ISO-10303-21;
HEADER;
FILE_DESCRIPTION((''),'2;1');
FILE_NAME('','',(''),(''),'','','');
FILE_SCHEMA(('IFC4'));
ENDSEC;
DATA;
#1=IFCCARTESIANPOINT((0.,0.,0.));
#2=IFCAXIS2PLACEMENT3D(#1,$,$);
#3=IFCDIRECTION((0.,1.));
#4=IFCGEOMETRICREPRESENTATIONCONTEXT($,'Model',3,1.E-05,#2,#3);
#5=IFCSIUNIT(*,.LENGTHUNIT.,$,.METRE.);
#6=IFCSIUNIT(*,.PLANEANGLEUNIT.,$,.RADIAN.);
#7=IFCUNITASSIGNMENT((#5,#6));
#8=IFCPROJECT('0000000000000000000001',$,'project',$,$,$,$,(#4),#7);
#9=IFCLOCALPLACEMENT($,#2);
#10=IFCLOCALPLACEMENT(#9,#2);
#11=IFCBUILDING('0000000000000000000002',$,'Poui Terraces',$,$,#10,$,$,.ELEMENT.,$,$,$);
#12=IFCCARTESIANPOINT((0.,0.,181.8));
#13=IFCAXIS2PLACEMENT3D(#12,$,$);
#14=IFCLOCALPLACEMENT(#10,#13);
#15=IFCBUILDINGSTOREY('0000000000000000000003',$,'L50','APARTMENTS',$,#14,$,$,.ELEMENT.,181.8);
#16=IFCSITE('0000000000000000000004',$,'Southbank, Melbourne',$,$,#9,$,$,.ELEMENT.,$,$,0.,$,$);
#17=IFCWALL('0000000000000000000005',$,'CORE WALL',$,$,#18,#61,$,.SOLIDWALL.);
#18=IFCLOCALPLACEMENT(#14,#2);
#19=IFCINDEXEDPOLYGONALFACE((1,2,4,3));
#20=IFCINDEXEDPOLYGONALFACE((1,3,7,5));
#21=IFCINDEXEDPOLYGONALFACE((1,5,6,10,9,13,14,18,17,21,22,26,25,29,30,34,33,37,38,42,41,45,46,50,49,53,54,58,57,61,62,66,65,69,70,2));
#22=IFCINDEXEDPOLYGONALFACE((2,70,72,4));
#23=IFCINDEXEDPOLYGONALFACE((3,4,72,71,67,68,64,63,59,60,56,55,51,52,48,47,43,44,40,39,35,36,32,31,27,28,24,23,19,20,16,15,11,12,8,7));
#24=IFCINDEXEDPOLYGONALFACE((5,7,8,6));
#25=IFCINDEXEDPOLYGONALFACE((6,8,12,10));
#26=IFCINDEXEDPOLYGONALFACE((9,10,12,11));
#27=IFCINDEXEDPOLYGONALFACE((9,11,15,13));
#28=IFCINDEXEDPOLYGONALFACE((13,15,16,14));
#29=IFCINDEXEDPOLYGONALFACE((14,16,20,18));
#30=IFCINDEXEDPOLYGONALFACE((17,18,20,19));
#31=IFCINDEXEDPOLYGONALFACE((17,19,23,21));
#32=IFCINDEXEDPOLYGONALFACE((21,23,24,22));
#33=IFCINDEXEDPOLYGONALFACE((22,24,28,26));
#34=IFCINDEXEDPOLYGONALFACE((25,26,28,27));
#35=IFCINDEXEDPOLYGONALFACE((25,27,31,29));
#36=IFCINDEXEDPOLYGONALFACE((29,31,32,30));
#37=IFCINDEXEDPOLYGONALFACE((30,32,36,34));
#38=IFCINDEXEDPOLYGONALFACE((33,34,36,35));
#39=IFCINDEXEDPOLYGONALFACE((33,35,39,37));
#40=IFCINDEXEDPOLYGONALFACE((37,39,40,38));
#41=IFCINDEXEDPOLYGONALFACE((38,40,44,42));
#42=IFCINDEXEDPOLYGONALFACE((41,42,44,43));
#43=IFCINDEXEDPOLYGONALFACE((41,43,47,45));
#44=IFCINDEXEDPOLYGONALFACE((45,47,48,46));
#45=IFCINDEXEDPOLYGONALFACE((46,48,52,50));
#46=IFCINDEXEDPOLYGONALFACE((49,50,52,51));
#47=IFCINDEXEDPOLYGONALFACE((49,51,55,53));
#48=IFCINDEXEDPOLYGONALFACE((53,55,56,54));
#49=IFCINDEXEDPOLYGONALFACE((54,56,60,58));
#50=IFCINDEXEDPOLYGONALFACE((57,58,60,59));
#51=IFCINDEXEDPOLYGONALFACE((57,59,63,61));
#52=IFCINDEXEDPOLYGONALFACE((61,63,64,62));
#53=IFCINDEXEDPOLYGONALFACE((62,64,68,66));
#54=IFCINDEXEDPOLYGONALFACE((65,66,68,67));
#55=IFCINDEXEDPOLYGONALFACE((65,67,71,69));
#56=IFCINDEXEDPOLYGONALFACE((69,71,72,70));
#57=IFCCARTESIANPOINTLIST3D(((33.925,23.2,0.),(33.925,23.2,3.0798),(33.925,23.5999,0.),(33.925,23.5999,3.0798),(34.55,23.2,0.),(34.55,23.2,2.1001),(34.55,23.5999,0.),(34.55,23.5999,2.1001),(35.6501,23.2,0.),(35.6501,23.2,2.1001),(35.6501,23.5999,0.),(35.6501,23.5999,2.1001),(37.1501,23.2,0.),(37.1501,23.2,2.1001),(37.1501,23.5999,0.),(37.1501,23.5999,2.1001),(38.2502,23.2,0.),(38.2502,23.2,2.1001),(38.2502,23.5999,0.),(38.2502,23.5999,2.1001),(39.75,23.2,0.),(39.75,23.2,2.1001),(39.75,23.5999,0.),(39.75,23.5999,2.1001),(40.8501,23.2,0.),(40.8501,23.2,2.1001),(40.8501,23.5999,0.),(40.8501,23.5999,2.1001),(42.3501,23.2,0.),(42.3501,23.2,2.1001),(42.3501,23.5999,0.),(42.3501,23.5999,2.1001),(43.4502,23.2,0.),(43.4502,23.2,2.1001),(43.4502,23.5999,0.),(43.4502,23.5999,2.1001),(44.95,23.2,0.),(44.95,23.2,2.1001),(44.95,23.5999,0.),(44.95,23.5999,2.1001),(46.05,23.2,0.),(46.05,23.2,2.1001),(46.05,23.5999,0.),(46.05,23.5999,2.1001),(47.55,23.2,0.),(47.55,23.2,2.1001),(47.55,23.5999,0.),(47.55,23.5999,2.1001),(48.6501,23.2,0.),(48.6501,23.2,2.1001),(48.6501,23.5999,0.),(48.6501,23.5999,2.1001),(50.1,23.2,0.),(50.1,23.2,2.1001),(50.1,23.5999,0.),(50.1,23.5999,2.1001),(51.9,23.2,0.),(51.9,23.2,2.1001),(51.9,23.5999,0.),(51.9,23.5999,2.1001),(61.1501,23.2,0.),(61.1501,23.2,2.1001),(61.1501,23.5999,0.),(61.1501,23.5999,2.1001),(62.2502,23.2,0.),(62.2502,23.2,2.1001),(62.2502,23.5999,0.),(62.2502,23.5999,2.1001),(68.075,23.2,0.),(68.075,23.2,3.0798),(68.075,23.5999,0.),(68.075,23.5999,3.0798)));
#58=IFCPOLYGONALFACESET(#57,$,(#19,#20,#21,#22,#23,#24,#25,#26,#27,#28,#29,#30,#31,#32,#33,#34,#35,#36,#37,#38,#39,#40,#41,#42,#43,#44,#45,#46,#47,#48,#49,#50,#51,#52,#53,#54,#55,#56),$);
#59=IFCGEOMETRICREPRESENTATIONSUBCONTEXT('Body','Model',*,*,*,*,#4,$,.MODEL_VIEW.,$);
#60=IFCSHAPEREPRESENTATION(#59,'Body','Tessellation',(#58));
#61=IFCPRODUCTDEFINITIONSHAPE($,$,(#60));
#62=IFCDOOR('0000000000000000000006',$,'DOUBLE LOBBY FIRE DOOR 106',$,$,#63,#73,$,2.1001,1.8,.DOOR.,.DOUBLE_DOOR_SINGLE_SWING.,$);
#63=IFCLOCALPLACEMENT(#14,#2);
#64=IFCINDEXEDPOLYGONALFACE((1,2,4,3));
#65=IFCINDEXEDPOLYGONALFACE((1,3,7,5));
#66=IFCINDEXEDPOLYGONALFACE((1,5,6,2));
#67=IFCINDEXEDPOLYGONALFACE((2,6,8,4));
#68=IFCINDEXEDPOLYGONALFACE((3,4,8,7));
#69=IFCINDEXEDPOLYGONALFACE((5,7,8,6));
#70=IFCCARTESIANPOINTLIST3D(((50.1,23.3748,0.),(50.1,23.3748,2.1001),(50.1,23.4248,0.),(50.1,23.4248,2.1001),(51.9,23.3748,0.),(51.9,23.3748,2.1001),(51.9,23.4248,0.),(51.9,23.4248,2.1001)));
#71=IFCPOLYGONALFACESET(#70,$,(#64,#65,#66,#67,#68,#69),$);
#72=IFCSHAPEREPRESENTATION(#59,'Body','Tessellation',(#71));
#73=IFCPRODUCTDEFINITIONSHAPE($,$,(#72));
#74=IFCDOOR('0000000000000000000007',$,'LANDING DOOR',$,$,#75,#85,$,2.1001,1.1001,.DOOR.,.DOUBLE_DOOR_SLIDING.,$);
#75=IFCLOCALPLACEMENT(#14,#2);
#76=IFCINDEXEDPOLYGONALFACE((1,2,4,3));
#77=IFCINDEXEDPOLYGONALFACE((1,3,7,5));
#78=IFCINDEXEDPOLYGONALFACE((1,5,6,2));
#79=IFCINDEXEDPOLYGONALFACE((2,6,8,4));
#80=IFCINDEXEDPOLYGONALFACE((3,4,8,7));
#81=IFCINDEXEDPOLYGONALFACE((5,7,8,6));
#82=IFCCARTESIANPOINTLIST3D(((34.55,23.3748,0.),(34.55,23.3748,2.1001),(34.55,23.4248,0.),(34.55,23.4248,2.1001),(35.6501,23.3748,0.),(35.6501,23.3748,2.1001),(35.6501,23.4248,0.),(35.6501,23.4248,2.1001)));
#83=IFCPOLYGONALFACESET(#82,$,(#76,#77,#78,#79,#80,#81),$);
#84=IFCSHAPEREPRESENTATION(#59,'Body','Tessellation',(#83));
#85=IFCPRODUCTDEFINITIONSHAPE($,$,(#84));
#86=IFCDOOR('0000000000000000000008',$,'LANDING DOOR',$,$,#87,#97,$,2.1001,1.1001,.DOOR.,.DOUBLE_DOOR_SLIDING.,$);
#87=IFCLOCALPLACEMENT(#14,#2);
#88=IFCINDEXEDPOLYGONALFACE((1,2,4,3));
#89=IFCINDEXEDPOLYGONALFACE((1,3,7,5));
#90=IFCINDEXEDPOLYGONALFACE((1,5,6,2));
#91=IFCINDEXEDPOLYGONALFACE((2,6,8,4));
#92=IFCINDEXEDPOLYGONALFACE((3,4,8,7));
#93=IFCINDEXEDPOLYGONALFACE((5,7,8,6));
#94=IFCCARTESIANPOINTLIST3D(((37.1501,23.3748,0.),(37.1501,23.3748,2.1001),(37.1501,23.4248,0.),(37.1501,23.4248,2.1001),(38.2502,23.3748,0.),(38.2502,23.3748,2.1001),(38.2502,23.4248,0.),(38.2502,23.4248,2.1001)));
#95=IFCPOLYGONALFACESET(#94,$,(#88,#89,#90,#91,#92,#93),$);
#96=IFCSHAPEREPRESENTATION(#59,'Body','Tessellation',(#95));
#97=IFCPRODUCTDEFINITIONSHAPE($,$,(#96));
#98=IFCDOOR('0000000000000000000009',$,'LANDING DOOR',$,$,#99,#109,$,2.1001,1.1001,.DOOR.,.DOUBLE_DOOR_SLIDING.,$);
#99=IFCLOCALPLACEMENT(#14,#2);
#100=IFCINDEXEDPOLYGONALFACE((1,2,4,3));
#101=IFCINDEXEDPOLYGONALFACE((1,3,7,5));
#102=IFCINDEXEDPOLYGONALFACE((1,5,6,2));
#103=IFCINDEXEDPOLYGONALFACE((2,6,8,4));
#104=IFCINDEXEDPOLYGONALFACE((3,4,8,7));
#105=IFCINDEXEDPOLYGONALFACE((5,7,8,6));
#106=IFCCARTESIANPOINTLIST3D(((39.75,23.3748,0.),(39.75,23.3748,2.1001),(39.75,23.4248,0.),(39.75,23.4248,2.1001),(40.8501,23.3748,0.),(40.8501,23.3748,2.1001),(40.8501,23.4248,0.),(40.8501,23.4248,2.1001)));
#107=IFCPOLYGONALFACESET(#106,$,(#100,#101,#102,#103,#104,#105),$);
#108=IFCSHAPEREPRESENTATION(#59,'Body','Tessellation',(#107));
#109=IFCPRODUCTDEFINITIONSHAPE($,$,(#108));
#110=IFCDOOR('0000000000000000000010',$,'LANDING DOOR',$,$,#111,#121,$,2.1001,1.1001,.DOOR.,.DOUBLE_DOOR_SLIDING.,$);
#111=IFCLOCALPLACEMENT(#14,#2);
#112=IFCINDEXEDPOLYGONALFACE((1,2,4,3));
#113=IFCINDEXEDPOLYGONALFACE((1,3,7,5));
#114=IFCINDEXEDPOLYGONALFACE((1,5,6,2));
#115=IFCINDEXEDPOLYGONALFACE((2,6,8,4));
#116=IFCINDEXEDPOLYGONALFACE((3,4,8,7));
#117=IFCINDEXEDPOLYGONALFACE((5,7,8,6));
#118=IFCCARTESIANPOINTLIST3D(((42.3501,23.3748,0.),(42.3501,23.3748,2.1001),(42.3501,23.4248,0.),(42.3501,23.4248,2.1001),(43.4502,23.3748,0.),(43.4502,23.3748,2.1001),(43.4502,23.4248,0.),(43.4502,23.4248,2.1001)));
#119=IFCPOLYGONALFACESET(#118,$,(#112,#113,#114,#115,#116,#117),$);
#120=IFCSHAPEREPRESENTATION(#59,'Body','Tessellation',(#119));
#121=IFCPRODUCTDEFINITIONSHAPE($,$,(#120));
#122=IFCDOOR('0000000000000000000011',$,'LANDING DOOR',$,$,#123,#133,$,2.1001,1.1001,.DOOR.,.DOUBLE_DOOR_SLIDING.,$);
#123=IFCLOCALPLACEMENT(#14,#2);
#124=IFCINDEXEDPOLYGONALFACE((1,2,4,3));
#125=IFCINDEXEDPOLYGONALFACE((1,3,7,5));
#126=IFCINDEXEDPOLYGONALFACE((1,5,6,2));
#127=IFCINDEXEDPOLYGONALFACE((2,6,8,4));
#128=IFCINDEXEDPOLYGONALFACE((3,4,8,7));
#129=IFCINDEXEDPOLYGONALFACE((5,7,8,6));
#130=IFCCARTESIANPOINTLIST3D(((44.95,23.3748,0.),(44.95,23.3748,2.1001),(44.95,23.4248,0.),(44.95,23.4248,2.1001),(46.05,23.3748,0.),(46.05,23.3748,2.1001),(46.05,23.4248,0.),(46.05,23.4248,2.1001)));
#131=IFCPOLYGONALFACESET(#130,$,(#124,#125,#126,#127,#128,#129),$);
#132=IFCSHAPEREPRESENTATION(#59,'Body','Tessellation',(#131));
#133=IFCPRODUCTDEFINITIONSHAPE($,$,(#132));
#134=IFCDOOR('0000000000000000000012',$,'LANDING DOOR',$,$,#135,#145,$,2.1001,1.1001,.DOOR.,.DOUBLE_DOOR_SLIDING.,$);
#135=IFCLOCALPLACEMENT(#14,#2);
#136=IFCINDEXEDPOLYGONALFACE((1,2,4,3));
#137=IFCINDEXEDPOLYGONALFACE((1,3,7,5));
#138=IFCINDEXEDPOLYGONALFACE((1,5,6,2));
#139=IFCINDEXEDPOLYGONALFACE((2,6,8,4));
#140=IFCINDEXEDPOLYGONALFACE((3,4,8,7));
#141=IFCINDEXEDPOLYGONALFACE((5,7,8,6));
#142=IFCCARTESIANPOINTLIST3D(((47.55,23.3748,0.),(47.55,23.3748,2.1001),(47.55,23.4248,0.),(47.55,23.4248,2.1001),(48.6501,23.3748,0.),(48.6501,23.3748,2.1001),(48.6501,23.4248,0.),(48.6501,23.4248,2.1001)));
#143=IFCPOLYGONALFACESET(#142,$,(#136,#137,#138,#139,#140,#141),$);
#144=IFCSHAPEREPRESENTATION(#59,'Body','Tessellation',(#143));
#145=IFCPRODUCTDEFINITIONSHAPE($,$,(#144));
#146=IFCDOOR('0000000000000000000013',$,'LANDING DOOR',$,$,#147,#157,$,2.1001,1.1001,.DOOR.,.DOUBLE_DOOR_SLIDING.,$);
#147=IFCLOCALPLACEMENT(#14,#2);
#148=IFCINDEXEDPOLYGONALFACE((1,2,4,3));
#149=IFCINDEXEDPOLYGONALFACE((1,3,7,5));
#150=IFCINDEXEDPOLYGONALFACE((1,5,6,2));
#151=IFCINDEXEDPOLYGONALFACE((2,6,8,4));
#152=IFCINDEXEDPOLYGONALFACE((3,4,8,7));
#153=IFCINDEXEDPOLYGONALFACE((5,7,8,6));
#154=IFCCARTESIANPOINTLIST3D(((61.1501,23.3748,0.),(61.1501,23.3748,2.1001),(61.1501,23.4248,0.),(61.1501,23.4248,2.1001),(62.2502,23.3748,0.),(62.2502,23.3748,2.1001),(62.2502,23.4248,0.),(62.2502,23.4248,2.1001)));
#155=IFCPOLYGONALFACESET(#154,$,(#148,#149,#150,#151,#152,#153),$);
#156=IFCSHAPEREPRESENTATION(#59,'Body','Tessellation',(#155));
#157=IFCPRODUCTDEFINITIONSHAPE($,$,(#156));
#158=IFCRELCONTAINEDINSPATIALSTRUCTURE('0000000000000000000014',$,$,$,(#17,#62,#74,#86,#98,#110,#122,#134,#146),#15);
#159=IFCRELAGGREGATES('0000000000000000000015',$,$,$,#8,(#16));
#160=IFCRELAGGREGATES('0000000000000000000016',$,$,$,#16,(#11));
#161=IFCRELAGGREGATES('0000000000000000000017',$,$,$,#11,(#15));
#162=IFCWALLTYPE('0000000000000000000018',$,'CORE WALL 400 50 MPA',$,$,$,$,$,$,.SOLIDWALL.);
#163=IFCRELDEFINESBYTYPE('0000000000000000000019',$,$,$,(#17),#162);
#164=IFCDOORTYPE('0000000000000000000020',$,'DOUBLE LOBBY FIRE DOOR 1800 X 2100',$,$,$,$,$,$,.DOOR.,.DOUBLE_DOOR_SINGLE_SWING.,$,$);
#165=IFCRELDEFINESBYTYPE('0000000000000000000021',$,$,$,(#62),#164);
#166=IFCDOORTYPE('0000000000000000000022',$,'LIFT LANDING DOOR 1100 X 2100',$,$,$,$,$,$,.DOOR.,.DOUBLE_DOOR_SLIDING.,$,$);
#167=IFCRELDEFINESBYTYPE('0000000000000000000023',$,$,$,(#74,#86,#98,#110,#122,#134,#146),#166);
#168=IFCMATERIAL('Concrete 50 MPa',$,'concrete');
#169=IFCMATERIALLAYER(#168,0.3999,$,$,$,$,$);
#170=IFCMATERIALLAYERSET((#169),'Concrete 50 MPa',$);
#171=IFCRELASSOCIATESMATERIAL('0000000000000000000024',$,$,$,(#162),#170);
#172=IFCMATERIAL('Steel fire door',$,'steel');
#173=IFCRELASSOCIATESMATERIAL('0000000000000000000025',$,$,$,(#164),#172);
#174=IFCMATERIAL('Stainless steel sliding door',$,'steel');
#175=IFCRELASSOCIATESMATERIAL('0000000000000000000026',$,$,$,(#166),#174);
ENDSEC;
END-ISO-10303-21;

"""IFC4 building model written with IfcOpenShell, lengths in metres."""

from ifc_helpers import new_model, si_unit, direction, frame, frame_2d, origin, place, context, subcontext, project, spatial, rectangle, extrude, material, layer, layer_set, type_object, element, fill, save


model = new_model("IFC4")

# Units and contexts
model_context = context("Model", 3, precision=1e-05, world=origin(), true_north=direction((0.0, 1.0)))
body_context = subcontext(model_context, "Body", "Model", "MODEL_VIEW")
ifc_project = project(units=[si_unit("LENGTHUNIT", "METRE"), si_unit("PLANEANGLEUNIT", "RADIAN")], contexts=[model_context])

# Site, building, storey
site_placement = place(None, origin())
site = spatial("IfcSite", under=ifc_project, at=site_placement, Name="Southbank, Melbourne", CompositionType="ELEMENT", RefElevation=0.0)
building_placement = place(site_placement, origin())
building = spatial("IfcBuilding", under=site, at=building_placement, Name="Poui Terraces", CompositionType="ELEMENT")
storey_placement = place(building_placement, frame((0.0, 0.0, 181.8)))
storey = spatial("IfcBuildingStorey", under=building, at=storey_placement, Name="L50", Description="APARTMENTS", CompositionType="ELEMENT", Elevation=181.8)

# Shared definitions
ifc_material_1 = material(Name="Concrete 50 MPa", Category="concrete")

# Wall, openings, doors
ifc_layer_1 = layer(ifc_material_1, 0.3999)
ifc_layer_set_1 = layer_set([ifc_layer_1], Name="Concrete 50 MPa")
wall_type_1 = type_object("IfcWallType", Name="CORE WALL 400 50 MPA", PredefinedType="SOLIDWALL", material=ifc_layer_set_1)
ifc_material_2 = material(Name="Steel fire door", Category="steel")
door_type_1 = type_object("IfcDoorType", Name="DOUBLE LOBBY FIRE DOOR 1800 X 2100", OperationType="DOUBLE_DOOR_SINGLE_SWING", PredefinedType="DOOR", material=ifc_material_2)
wall_1_placement = place(storey_placement, frame((33.925, 23.3999, 0.0), z_axis=(0.0, 0.0, 1.0), x_axis=(1.0, 0.0, 0.0)))
wall_1 = element("IfcWall", 1, at=wall_1_placement, inside=storey, type_object=wall_type_1, Name="CORE WALL", PredefinedType="SOLIDWALL", context=body_context, shape_type="SweptSolid", body=[
    extrude(rectangle(XDim=34.1499, YDim=0.3999, at=frame_2d((17.075, 0.0))), origin(), (0.0, 0.0, 1.0), 3.0798),
])
opening_1_placement = place(wall_1_placement, frame((16.175, 0.0, 0.0)))
opening_1 = element("IfcOpeningElement", 2, at=opening_1_placement, cuts=wall_1, PredefinedType="OPENING", context=body_context, shape_type="SweptSolid", body=[
    extrude(rectangle(XDim=1.8, YDim=2.1001, at=frame_2d((0.8999, 1.05))), frame((0.0, 0.21, 0.0), z_axis=(0.0, -1.0, 0.0), x_axis=(1.0, 0.0, 0.0)), (0.0, 0.0, 1.0), 0.4199),
])
opening_2_placement = place(wall_1_placement, frame((0.625, 0.0, 0.0)))
opening_2 = element("IfcOpeningElement", 3, at=opening_2_placement, cuts=wall_1, PredefinedType="OPENING", context=body_context, shape_type="SweptSolid", body=[
    extrude(rectangle(XDim=1.1001, YDim=2.1001, at=frame_2d((0.55, 1.05))), frame((0.0, 0.21, 0.0), z_axis=(0.0, -1.0, 0.0), x_axis=(1.0, 0.0, 0.0)), (0.0, 0.0, 1.0), 0.4199),
])
opening_3_placement = place(wall_1_placement, frame((3.2251, 0.0, 0.0)))
opening_3 = element("IfcOpeningElement", 4, at=opening_3_placement, cuts=wall_1, PredefinedType="OPENING", context=body_context, shape_type="SweptSolid", body=[
    extrude(rectangle(XDim=1.1001, YDim=2.1001, at=frame_2d((0.55, 1.05))), frame((0.0, 0.21, 0.0), z_axis=(0.0, -1.0, 0.0), x_axis=(1.0, 0.0, 0.0)), (0.0, 0.0, 1.0), 0.4199),
])
opening_4_placement = place(wall_1_placement, frame((5.825, 0.0, 0.0)))
opening_4 = element("IfcOpeningElement", 5, at=opening_4_placement, cuts=wall_1, PredefinedType="OPENING", context=body_context, shape_type="SweptSolid", body=[
    extrude(rectangle(XDim=1.1001, YDim=2.1001, at=frame_2d((0.55, 1.05))), frame((0.0, 0.21, 0.0), z_axis=(0.0, -1.0, 0.0), x_axis=(1.0, 0.0, 0.0)), (0.0, 0.0, 1.0), 0.4199),
])
opening_5_placement = place(wall_1_placement, frame((8.425, 0.0, 0.0)))
opening_5 = element("IfcOpeningElement", 6, at=opening_5_placement, cuts=wall_1, PredefinedType="OPENING", context=body_context, shape_type="SweptSolid", body=[
    extrude(rectangle(XDim=1.1001, YDim=2.1001, at=frame_2d((0.55, 1.05))), frame((0.0, 0.21, 0.0), z_axis=(0.0, -1.0, 0.0), x_axis=(1.0, 0.0, 0.0)), (0.0, 0.0, 1.0), 0.4199),
])
opening_6_placement = place(wall_1_placement, frame((11.0249, 0.0, 0.0)))
opening_6 = element("IfcOpeningElement", 7, at=opening_6_placement, cuts=wall_1, PredefinedType="OPENING", context=body_context, shape_type="SweptSolid", body=[
    extrude(rectangle(XDim=1.1001, YDim=2.1001, at=frame_2d((0.55, 1.05))), frame((0.0, 0.21, 0.0), z_axis=(0.0, -1.0, 0.0), x_axis=(1.0, 0.0, 0.0)), (0.0, 0.0, 1.0), 0.4199),
])
opening_7_placement = place(wall_1_placement, frame((13.625, 0.0, 0.0)))
opening_7 = element("IfcOpeningElement", 8, at=opening_7_placement, cuts=wall_1, PredefinedType="OPENING", context=body_context, shape_type="SweptSolid", body=[
    extrude(rectangle(XDim=1.1001, YDim=2.1001, at=frame_2d((0.55, 1.05))), frame((0.0, 0.21, 0.0), z_axis=(0.0, -1.0, 0.0), x_axis=(1.0, 0.0, 0.0)), (0.0, 0.0, 1.0), 0.4199),
])
opening_8_placement = place(wall_1_placement, frame((27.2251, 0.0, 0.0)))
opening_8 = element("IfcOpeningElement", 9, at=opening_8_placement, cuts=wall_1, PredefinedType="OPENING", context=body_context, shape_type="SweptSolid", body=[
    extrude(rectangle(XDim=1.1001, YDim=2.1001, at=frame_2d((0.55, 1.05))), frame((0.0, 0.21, 0.0), z_axis=(0.0, -1.0, 0.0), x_axis=(1.0, 0.0, 0.0)), (0.0, 0.0, 1.0), 0.4199),
])
door_1_placement = place(opening_1_placement, origin())
door_1 = element("IfcDoor", 10, at=door_1_placement, inside=storey, type_object=door_type_1, Name="DOUBLE LOBBY FIRE DOOR 106", OperationType="DOUBLE_DOOR_SINGLE_SWING", OverallHeight=2.1001, OverallWidth=1.8, PredefinedType="DOOR", context=body_context, shape_type="SweptSolid", body=[
    extrude(rectangle(XDim=1.8, YDim=2.1001, at=frame_2d((0.8999, 1.05))), frame((0.0, 0.0249, 0.0), z_axis=(0.0, -1.0, 0.0), x_axis=(1.0, 0.0, 0.0)), (0.0, 0.0, 1.0), 0.05),
])
fill(opening_1, door_1)
ifc_material_3 = material(Name="Stainless steel sliding door", Category="steel")
door_type_2 = type_object("IfcDoorType", Name="LIFT LANDING DOOR 1100 X 2100", OperationType="DOUBLE_DOOR_SLIDING", PredefinedType="DOOR", material=ifc_material_3)
door_2_placement = place(opening_2_placement, origin())
door_2 = element("IfcDoor", 11, at=door_2_placement, inside=storey, type_object=door_type_2, Name="LANDING DOOR", OperationType="DOUBLE_DOOR_SLIDING", OverallHeight=2.1001, OverallWidth=1.1001, PredefinedType="DOOR", context=body_context, shape_type="SweptSolid", body=[
    extrude(rectangle(XDim=1.1001, YDim=2.1001, at=frame_2d((0.55, 1.05))), frame((0.0, 0.0249, 0.0), z_axis=(0.0, -1.0, 0.0), x_axis=(1.0, 0.0, 0.0)), (0.0, 0.0, 1.0), 0.05),
])
fill(opening_2, door_2)
door_3_placement = place(opening_3_placement, origin())
door_3 = element("IfcDoor", 12, at=door_3_placement, inside=storey, type_object=door_type_2, Name="LANDING DOOR", OperationType="DOUBLE_DOOR_SLIDING", OverallHeight=2.1001, OverallWidth=1.1001, PredefinedType="DOOR", context=body_context, shape_type="SweptSolid", body=[
    extrude(rectangle(XDim=1.1001, YDim=2.1001, at=frame_2d((0.55, 1.05))), frame((0.0, 0.0249, 0.0), z_axis=(0.0, -1.0, 0.0), x_axis=(1.0, 0.0, 0.0)), (0.0, 0.0, 1.0), 0.05),
])
fill(opening_3, door_3)
door_4_placement = place(opening_4_placement, origin())
door_4 = element("IfcDoor", 13, at=door_4_placement, inside=storey, type_object=door_type_2, Name="LANDING DOOR", OperationType="DOUBLE_DOOR_SLIDING", OverallHeight=2.1001, OverallWidth=1.1001, PredefinedType="DOOR", context=body_context, shape_type="SweptSolid", body=[
    extrude(rectangle(XDim=1.1001, YDim=2.1001, at=frame_2d((0.55, 1.05))), frame((0.0, 0.0249, 0.0), z_axis=(0.0, -1.0, 0.0), x_axis=(1.0, 0.0, 0.0)), (0.0, 0.0, 1.0), 0.05),
])
fill(opening_4, door_4)
door_5_placement = place(opening_5_placement, origin())
door_5 = element("IfcDoor", 14, at=door_5_placement, inside=storey, type_object=door_type_2, Name="LANDING DOOR", OperationType="DOUBLE_DOOR_SLIDING", OverallHeight=2.1001, OverallWidth=1.1001, PredefinedType="DOOR", context=body_context, shape_type="SweptSolid", body=[
    extrude(rectangle(XDim=1.1001, YDim=2.1001, at=frame_2d((0.55, 1.05))), frame((0.0, 0.0249, 0.0), z_axis=(0.0, -1.0, 0.0), x_axis=(1.0, 0.0, 0.0)), (0.0, 0.0, 1.0), 0.05),
])
fill(opening_5, door_5)
door_6_placement = place(opening_6_placement, origin())
door_6 = element("IfcDoor", 15, at=door_6_placement, inside=storey, type_object=door_type_2, Name="LANDING DOOR", OperationType="DOUBLE_DOOR_SLIDING", OverallHeight=2.1001, OverallWidth=1.1001, PredefinedType="DOOR", context=body_context, shape_type="SweptSolid", body=[
    extrude(rectangle(XDim=1.1001, YDim=2.1001, at=frame_2d((0.55, 1.05))), frame((0.0, 0.0249, 0.0), z_axis=(0.0, -1.0, 0.0), x_axis=(1.0, 0.0, 0.0)), (0.0, 0.0, 1.0), 0.05),
])
fill(opening_6, door_6)
door_7_placement = place(opening_7_placement, origin())
door_7 = element("IfcDoor", 16, at=door_7_placement, inside=storey, type_object=door_type_2, Name="LANDING DOOR", OperationType="DOUBLE_DOOR_SLIDING", OverallHeight=2.1001, OverallWidth=1.1001, PredefinedType="DOOR", context=body_context, shape_type="SweptSolid", body=[
    extrude(rectangle(XDim=1.1001, YDim=2.1001, at=frame_2d((0.55, 1.05))), frame((0.0, 0.0249, 0.0), z_axis=(0.0, -1.0, 0.0), x_axis=(1.0, 0.0, 0.0)), (0.0, 0.0, 1.0), 0.05),
])
fill(opening_7, door_7)
door_8_placement = place(opening_8_placement, origin())
door_8 = element("IfcDoor", 17, at=door_8_placement, inside=storey, type_object=door_type_2, Name="LANDING DOOR", OperationType="DOUBLE_DOOR_SLIDING", OverallHeight=2.1001, OverallWidth=1.1001, PredefinedType="DOOR", context=body_context, shape_type="SweptSolid", body=[
    extrude(rectangle(XDim=1.1001, YDim=2.1001, at=frame_2d((0.55, 1.05))), frame((0.0, 0.0249, 0.0), z_axis=(0.0, -1.0, 0.0), x_axis=(1.0, 0.0, 0.0)), (0.0, 0.0, 1.0), 0.05),
])
fill(opening_8, door_8)

save(model, "model.ifc")
